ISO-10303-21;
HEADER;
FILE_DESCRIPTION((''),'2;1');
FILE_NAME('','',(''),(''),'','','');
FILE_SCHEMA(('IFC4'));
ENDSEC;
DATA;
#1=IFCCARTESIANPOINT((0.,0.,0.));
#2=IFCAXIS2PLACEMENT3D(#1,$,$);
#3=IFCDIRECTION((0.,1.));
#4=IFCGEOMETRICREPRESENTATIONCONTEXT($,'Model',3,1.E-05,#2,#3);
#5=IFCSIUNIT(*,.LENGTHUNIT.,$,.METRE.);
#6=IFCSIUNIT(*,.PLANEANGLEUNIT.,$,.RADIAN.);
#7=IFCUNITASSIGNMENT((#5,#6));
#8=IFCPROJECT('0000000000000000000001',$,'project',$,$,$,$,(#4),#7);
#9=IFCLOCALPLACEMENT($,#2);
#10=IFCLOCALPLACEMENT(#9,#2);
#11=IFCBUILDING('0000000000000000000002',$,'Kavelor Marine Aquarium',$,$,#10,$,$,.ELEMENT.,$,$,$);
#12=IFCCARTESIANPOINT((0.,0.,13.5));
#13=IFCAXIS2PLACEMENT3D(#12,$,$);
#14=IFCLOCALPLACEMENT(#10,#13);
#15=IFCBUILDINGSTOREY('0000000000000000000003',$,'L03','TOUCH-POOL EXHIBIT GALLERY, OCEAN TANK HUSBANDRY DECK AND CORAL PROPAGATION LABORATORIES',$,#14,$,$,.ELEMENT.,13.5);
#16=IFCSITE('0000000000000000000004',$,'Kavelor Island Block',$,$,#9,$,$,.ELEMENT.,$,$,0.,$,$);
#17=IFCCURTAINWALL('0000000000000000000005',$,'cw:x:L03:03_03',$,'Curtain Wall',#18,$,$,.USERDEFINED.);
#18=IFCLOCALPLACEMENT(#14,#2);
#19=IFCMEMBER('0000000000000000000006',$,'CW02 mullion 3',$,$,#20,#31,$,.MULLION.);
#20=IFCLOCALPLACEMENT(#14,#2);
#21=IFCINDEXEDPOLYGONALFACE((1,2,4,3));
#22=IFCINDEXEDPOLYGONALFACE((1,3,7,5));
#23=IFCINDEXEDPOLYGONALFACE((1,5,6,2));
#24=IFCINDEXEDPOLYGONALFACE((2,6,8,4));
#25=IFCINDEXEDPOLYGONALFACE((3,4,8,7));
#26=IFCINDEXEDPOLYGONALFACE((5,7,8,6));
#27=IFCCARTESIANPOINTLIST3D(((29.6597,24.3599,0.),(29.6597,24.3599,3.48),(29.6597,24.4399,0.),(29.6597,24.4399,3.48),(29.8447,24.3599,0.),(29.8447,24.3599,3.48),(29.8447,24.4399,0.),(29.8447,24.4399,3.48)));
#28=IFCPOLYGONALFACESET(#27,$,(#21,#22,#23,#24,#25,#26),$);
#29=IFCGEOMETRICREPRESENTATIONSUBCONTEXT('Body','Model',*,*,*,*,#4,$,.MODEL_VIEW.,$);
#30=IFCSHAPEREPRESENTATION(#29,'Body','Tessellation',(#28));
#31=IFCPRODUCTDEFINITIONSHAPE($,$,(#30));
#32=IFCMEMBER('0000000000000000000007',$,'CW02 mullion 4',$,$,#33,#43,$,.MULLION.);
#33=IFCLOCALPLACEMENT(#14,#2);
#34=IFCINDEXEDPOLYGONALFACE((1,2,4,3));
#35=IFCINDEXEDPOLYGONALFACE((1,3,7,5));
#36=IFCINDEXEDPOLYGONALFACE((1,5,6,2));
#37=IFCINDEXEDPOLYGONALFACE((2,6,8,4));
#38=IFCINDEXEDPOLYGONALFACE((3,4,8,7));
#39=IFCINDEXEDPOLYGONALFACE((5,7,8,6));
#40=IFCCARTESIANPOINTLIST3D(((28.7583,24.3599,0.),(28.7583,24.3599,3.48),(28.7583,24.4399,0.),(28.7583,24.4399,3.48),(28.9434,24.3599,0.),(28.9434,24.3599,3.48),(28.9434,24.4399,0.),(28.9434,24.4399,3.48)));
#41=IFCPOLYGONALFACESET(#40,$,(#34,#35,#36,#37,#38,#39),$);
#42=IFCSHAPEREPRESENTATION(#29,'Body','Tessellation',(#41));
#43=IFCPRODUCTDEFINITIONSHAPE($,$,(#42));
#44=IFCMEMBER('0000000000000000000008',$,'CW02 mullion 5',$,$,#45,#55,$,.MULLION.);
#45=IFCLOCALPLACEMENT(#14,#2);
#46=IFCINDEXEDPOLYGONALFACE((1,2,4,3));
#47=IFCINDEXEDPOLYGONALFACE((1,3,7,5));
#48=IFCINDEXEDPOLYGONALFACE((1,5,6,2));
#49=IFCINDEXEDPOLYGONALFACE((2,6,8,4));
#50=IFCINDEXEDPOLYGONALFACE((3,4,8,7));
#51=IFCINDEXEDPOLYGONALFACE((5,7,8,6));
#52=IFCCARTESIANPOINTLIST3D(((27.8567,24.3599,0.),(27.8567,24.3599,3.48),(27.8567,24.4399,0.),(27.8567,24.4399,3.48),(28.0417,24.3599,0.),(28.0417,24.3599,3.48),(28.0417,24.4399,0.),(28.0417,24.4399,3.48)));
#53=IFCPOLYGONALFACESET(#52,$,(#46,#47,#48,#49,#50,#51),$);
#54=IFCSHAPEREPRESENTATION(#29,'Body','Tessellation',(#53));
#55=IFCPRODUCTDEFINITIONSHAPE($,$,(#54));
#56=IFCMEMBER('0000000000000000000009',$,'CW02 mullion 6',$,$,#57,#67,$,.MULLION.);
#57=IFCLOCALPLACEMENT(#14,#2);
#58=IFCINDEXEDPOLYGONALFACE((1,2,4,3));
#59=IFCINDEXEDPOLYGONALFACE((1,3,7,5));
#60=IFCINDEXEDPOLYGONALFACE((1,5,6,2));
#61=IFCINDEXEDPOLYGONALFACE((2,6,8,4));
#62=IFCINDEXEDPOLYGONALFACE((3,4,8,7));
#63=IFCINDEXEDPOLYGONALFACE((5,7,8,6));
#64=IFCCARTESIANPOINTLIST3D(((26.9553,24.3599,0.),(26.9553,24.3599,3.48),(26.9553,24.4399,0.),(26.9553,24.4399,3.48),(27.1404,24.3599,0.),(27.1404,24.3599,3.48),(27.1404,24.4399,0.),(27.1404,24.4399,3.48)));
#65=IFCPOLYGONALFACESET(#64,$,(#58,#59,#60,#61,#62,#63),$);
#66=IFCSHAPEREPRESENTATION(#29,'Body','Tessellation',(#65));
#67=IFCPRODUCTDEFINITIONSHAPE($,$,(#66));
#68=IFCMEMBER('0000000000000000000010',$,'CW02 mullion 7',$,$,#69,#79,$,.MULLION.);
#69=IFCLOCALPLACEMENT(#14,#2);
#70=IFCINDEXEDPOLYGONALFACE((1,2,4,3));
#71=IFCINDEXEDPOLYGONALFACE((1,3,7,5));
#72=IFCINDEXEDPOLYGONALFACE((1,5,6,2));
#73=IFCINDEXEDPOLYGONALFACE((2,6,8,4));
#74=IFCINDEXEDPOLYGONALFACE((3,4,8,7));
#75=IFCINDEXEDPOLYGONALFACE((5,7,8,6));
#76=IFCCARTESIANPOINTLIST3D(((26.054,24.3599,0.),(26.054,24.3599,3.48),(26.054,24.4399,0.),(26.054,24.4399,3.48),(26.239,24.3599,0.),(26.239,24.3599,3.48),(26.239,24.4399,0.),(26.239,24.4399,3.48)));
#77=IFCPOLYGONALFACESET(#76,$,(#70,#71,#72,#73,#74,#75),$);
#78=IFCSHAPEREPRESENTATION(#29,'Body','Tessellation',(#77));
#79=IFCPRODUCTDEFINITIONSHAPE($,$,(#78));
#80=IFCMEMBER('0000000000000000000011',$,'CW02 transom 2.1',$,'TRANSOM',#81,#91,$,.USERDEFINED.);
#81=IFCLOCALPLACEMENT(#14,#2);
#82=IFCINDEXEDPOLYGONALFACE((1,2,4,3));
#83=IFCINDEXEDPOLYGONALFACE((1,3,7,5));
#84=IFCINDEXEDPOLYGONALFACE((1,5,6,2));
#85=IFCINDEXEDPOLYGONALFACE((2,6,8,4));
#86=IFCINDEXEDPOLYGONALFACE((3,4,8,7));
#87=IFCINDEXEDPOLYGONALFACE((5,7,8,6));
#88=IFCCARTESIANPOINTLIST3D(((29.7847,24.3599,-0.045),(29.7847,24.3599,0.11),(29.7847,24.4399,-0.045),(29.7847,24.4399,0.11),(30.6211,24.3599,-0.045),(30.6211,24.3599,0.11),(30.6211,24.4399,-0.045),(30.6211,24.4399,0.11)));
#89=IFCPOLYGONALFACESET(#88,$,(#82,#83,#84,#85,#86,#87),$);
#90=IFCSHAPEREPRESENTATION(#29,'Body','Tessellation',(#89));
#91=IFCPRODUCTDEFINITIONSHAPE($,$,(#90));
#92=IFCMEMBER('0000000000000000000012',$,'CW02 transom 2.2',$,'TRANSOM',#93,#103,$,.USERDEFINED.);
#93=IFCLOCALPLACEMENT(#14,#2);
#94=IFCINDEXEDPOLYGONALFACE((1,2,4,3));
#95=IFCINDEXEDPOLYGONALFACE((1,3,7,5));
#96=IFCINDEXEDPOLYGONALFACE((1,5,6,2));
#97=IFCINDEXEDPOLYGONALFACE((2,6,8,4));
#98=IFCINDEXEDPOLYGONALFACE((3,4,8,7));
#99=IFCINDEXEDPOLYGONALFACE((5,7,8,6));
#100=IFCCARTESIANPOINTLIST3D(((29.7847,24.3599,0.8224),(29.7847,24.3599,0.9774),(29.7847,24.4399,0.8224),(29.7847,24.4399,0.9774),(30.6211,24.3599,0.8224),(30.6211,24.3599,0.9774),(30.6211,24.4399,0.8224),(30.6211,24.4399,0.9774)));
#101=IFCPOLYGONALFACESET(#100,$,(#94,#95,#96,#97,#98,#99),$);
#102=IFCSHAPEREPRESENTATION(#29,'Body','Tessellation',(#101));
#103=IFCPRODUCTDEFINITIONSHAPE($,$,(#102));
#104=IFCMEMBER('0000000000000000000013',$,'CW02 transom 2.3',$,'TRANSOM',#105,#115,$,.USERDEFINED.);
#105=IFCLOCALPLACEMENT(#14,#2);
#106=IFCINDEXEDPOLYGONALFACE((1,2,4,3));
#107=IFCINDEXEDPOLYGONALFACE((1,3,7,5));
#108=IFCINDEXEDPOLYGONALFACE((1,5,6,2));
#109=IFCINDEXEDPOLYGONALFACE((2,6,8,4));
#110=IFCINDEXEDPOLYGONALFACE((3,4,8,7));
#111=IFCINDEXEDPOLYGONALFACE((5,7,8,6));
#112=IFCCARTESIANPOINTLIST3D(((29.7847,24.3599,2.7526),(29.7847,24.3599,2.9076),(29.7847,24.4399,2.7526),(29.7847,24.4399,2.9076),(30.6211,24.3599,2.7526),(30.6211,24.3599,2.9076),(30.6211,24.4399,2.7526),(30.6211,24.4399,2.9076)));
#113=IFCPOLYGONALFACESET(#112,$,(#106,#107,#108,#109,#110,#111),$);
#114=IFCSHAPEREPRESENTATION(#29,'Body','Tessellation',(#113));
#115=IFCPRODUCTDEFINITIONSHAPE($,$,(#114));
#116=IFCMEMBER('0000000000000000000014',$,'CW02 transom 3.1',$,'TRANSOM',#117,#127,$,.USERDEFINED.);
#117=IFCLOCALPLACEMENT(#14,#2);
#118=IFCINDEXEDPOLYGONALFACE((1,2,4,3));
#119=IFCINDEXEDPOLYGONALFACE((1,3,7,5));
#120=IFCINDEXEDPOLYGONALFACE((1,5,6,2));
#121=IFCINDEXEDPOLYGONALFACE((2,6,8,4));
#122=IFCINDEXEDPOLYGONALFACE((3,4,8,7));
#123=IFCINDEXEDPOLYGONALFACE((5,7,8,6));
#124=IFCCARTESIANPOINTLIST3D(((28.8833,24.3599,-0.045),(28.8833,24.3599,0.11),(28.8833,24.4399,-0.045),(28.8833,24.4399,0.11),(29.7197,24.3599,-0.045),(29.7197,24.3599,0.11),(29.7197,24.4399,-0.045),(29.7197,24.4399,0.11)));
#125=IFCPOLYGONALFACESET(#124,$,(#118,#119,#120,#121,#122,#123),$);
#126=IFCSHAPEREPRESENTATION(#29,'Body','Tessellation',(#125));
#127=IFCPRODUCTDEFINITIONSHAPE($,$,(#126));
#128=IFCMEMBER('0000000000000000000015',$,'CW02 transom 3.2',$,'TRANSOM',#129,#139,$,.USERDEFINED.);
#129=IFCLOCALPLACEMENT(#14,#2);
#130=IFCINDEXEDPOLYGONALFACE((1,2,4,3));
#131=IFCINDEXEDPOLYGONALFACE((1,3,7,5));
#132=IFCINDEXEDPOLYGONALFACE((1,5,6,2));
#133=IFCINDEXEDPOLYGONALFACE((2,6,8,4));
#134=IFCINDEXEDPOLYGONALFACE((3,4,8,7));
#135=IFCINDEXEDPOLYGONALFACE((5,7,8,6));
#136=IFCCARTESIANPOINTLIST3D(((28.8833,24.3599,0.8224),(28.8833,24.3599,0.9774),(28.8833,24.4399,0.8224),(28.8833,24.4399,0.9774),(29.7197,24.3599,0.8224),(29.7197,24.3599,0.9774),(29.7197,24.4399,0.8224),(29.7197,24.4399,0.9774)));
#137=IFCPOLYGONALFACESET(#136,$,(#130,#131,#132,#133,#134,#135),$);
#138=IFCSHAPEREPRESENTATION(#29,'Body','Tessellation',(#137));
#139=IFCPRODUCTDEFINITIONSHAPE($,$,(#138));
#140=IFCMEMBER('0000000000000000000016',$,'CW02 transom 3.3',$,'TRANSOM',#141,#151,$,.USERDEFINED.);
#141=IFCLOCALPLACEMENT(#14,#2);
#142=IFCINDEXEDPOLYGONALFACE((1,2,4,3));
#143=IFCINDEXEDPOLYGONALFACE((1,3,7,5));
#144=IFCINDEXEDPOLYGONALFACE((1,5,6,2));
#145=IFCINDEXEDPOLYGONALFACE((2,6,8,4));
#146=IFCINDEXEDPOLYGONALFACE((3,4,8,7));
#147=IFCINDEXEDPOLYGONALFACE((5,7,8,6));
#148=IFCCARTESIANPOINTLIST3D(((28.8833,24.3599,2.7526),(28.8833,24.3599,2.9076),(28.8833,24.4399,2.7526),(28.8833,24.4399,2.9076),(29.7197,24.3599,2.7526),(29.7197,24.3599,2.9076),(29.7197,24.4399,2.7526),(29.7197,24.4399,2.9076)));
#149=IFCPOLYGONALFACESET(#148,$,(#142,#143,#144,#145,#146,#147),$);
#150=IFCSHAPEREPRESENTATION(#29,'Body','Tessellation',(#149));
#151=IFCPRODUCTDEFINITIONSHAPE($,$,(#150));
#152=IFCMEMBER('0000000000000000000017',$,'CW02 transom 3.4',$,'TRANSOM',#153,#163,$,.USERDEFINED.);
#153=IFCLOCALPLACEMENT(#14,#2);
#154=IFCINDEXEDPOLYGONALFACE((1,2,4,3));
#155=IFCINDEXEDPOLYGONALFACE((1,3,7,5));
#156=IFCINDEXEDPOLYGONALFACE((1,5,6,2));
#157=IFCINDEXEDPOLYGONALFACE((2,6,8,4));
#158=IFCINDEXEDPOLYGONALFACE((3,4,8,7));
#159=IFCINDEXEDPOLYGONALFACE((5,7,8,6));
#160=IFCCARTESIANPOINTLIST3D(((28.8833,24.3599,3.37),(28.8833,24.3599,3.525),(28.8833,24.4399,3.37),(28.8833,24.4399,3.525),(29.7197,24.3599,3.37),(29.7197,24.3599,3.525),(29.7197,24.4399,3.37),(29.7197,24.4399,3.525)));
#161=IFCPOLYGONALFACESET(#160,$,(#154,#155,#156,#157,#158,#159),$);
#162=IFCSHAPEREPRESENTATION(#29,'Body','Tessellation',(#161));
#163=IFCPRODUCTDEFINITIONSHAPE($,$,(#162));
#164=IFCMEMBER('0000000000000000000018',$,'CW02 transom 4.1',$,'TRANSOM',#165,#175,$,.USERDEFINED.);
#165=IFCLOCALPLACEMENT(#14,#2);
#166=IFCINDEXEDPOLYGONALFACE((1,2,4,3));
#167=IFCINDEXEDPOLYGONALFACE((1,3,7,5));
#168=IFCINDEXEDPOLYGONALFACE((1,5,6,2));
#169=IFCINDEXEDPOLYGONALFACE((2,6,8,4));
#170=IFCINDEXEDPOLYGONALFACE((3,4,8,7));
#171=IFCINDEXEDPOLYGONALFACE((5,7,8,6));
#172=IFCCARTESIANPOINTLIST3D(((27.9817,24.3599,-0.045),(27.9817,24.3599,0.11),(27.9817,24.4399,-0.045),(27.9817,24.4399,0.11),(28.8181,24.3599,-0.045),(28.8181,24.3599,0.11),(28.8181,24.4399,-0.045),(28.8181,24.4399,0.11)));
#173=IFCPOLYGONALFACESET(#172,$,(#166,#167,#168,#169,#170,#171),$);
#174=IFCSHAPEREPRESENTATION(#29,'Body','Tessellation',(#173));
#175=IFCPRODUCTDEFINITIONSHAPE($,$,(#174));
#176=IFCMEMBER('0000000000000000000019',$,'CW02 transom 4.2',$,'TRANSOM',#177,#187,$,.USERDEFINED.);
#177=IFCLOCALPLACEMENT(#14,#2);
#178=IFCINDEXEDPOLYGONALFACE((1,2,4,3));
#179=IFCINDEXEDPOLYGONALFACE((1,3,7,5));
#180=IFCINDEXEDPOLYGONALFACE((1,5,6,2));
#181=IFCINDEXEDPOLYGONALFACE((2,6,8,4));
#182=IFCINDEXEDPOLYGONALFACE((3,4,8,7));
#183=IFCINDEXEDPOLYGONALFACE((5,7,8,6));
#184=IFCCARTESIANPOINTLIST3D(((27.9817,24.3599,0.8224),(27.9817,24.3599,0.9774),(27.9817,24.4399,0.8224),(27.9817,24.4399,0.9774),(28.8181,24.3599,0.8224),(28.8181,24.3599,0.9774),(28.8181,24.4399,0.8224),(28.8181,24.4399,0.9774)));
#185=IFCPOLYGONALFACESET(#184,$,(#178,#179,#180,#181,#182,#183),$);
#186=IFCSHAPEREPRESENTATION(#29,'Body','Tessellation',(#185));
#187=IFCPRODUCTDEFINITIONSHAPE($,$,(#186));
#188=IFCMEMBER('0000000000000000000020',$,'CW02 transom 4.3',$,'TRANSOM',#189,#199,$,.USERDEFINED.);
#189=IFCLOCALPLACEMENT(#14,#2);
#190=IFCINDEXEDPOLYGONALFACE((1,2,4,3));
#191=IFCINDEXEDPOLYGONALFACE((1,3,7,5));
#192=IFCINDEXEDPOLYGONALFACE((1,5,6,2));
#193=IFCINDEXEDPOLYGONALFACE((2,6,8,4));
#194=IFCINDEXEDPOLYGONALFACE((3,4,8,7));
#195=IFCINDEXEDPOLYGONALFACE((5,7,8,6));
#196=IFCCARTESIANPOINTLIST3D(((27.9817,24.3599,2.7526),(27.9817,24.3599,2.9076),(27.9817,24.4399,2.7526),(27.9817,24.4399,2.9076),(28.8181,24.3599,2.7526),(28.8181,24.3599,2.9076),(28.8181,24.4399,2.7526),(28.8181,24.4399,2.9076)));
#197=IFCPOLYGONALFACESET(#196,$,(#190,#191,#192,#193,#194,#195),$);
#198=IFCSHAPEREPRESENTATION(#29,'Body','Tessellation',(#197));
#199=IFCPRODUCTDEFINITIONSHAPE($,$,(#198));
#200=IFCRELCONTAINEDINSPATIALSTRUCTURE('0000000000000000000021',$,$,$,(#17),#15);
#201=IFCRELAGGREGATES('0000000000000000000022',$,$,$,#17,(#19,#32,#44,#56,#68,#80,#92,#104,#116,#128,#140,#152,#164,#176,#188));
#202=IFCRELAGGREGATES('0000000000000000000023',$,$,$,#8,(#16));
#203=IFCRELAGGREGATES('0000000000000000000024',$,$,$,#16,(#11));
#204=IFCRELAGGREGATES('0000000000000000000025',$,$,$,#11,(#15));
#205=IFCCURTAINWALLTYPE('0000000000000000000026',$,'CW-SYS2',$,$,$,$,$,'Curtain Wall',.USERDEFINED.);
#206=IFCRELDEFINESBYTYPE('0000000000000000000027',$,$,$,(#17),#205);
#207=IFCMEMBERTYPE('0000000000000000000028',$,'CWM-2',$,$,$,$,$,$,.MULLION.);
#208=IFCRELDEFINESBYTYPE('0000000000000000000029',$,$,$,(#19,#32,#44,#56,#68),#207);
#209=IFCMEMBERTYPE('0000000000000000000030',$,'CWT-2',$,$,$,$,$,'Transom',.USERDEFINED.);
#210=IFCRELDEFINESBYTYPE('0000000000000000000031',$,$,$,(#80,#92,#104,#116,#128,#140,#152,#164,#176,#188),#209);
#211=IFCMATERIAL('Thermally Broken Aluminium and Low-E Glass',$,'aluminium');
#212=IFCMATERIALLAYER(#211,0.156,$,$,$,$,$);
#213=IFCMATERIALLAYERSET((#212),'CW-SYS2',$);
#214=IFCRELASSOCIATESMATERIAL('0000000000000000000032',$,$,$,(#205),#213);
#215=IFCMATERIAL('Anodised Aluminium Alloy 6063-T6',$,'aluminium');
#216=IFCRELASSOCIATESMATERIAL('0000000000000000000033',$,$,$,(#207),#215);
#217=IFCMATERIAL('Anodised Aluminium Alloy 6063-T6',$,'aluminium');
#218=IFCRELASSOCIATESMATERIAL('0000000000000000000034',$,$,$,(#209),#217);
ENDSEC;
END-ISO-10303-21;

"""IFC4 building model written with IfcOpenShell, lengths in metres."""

from ifc_helpers import new_model, si_unit, direction, frame, origin, origin_2d, place, context, subcontext, project, spatial, rectangle, extrude, material, layer, layer_set, material_profile, profile_set, type_object, element, aggregate, save


model = new_model("IFC4")

# Units and contexts
model_context = context("Model", 3, precision=1e-05, world=origin(), true_north=direction((0.0, 1.0)))
body_context = subcontext(model_context, "Body", "Model", "MODEL_VIEW")
ifc_project = project(units=[si_unit("LENGTHUNIT", "METRE"), si_unit("PLANEANGLEUNIT", "RADIAN")], contexts=[model_context])

# Site, building, storey
site_placement = place(None, origin())
site = spatial("IfcSite", under=ifc_project, at=site_placement, Name="Kavelor Island Block", CompositionType="ELEMENT", RefElevation=0.0)
building_placement = place(site_placement, origin())
building = spatial("IfcBuilding", under=site, at=building_placement, Name="Kavelor Marine Aquarium", CompositionType="ELEMENT")
storey_placement = place(building_placement, frame((0.0, 0.0, 13.5)))
storey = spatial("IfcBuildingStorey", under=building, at=storey_placement, Name="L03", Description="TOUCH-POOL EXHIBIT GALLERY, OCEAN TANK HUSBANDRY DECK AND CORAL PROPAGATION LABORATORIES", CompositionType="ELEMENT", Elevation=13.5)

# Curtain wall, members
ifc_material_1 = material(Name="Thermally Broken Aluminium and Low-E Glass", Category="aluminium")
ifc_layer_1 = layer(ifc_material_1, 0.156)
ifc_layer_set_1 = layer_set([ifc_layer_1], Name="CW-SYS2")
curtain_wall_type = type_object("IfcCurtainWallType", Name="CW-SYS2", ElementType="Curtain Wall", PredefinedType="USERDEFINED", material=ifc_layer_set_1)
curtain_wall_placement = place(storey_placement, origin())
curtain_wall = element("IfcCurtainWall", 1, at=curtain_wall_placement, inside=storey, type_object=curtain_wall_type, Name="cw:x:L03:03_03", ObjectType="Curtain Wall", PredefinedType="USERDEFINED")
ifc_material_2 = material(Name="Anodised Aluminium Alloy 6063-T6", Category="aluminium")
ifc_material_profile_1 = material_profile(ifc_material_2, rectangle(XDim=0.0801, YDim=0.1851, at=origin_2d()), Name="CW-MUL 80x185")
ifc_profile_set_1 = profile_set([ifc_material_profile_1], Name="Anodised Aluminium Alloy 6063-T6")
member_type_1 = type_object("IfcMemberType", Name="CWM-2", PredefinedType="MULLION", material=ifc_profile_set_1)
member_1_placement = place(storey_placement, frame((29.7522, 24.3999, 0.0), z_axis=(0.0, 0.0, 1.0), x_axis=(0.0, -1.0, 0.0)))
member_1 = element("IfcMember", 2, at=member_1_placement, type_object=member_type_1, Name="CW02 mullion 3", PredefinedType="MULLION", context=body_context, shape_type="SweptSolid", body=[
    extrude(rectangle(XDim=0.0801, YDim=0.1851, at=origin_2d()), origin(), (0.0, 0.0, 1.0), 3.48),
])
member_2_placement = place(storey_placement, frame((28.8508, 24.3999, 0.0), z_axis=(0.0, 0.0, 1.0), x_axis=(0.0, -1.0, 0.0)))
member_2 = element("IfcMember", 3, at=member_2_placement, type_object=member_type_1, Name="CW02 mullion 4", PredefinedType="MULLION", context=body_context, shape_type="SweptSolid", body=[
    extrude(rectangle(XDim=0.0801, YDim=0.1851, at=origin_2d()), origin(), (0.0, 0.0, 1.0), 3.48),
])
member_3_placement = place(storey_placement, frame((27.9492, 24.3999, 0.0), z_axis=(0.0, 0.0, 1.0), x_axis=(0.0, -1.0, 0.0)))
member_3 = element("IfcMember", 4, at=member_3_placement, type_object=member_type_1, Name="CW02 mullion 5", PredefinedType="MULLION", context=body_context, shape_type="SweptSolid", body=[
    extrude(rectangle(XDim=0.0801, YDim=0.1851, at=origin_2d()), origin(), (0.0, 0.0, 1.0), 3.48),
])
member_4_placement = place(storey_placement, frame((27.0479, 24.3999, 0.0), z_axis=(0.0, 0.0, 1.0), x_axis=(0.0, -1.0, 0.0)))
member_4 = element("IfcMember", 5, at=member_4_placement, type_object=member_type_1, Name="CW02 mullion 6", PredefinedType="MULLION", context=body_context, shape_type="SweptSolid", body=[
    extrude(rectangle(XDim=0.0801, YDim=0.1851, at=origin_2d()), origin(), (0.0, 0.0, 1.0), 3.48),
])
member_5_placement = place(storey_placement, frame((26.1465, 24.3999, 0.0), z_axis=(0.0, 0.0, 1.0), x_axis=(0.0, -1.0, 0.0)))
member_5 = element("IfcMember", 6, at=member_5_placement, type_object=member_type_1, Name="CW02 mullion 7", PredefinedType="MULLION", context=body_context, shape_type="SweptSolid", body=[
    extrude(rectangle(XDim=0.0801, YDim=0.1851, at=origin_2d()), origin(), (0.0, 0.0, 1.0), 3.48),
])
ifc_material_3 = material(Name="Anodised Aluminium Alloy 6063-T6", Category="aluminium")
ifc_material_profile_2 = material_profile(ifc_material_3, rectangle(XDim=0.0801, YDim=0.155, at=origin_2d()), Name="CW-TRN 80x155")
ifc_profile_set_2 = profile_set([ifc_material_profile_2], Name="Anodised Aluminium Alloy 6063-T6")
member_type_2 = type_object("IfcMemberType", Name="CWT-2", ElementType="Transom", PredefinedType="USERDEFINED", material=ifc_profile_set_2)
member_6_placement = place(storey_placement, frame((30.6211, 24.3999, 0.0325), z_axis=(-1.0, 0.0, 0.0), x_axis=(0.0, -1.0, 0.0)))
member_6 = element("IfcMember", 7, at=member_6_placement, type_object=member_type_2, Name="CW02 transom 2.1", ObjectType="TRANSOM", PredefinedType="USERDEFINED", context=body_context, shape_type="SweptSolid", body=[
    extrude(rectangle(XDim=0.0801, YDim=0.155, at=origin_2d()), origin(), (0.0, 0.0, 1.0), 0.8364),
])
member_7_placement = place(storey_placement, frame((30.6211, 24.3999, 0.8999), z_axis=(-1.0, 0.0, 0.0), x_axis=(0.0, -1.0, 0.0)))
member_7 = element("IfcMember", 8, at=member_7_placement, type_object=member_type_2, Name="CW02 transom 2.2", ObjectType="TRANSOM", PredefinedType="USERDEFINED", context=body_context, shape_type="SweptSolid", body=[
    extrude(rectangle(XDim=0.0801, YDim=0.155, at=origin_2d()), origin(), (0.0, 0.0, 1.0), 0.8364),
])
member_8_placement = place(storey_placement, frame((30.6211, 24.3999, 2.8301), z_axis=(-1.0, 0.0, 0.0), x_axis=(0.0, -1.0, 0.0)))
member_8 = element("IfcMember", 9, at=member_8_placement, type_object=member_type_2, Name="CW02 transom 2.3", ObjectType="TRANSOM", PredefinedType="USERDEFINED", context=body_context, shape_type="SweptSolid", body=[
    extrude(rectangle(XDim=0.0801, YDim=0.155, at=origin_2d()), origin(), (0.0, 0.0, 1.0), 0.8364),
])
member_9_placement = place(storey_placement, frame((29.7197, 24.3999, 0.0325), z_axis=(-1.0, 0.0, 0.0), x_axis=(0.0, -1.0, 0.0)))
member_9 = element("IfcMember", 10, at=member_9_placement, type_object=member_type_2, Name="CW02 transom 3.1", ObjectType="TRANSOM", PredefinedType="USERDEFINED", context=body_context, shape_type="SweptSolid", body=[
    extrude(rectangle(XDim=0.0801, YDim=0.155, at=origin_2d()), origin(), (0.0, 0.0, 1.0), 0.8364),
])
member_10_placement = place(storey_placement, frame((29.7197, 24.3999, 0.8999), z_axis=(-1.0, 0.0, 0.0), x_axis=(0.0, -1.0, 0.0)))
member_10 = element("IfcMember", 11, at=member_10_placement, type_object=member_type_2, Name="CW02 transom 3.2", ObjectType="TRANSOM", PredefinedType="USERDEFINED", context=body_context, shape_type="SweptSolid", body=[
    extrude(rectangle(XDim=0.0801, YDim=0.155, at=origin_2d()), origin(), (0.0, 0.0, 1.0), 0.8364),
])
member_11_placement = place(storey_placement, frame((29.7197, 24.3999, 2.8301), z_axis=(-1.0, 0.0, 0.0), x_axis=(0.0, -1.0, 0.0)))
member_11 = element("IfcMember", 12, at=member_11_placement, type_object=member_type_2, Name="CW02 transom 3.3", ObjectType="TRANSOM", PredefinedType="USERDEFINED", context=body_context, shape_type="SweptSolid", body=[
    extrude(rectangle(XDim=0.0801, YDim=0.155, at=origin_2d()), origin(), (0.0, 0.0, 1.0), 0.8364),
])
member_12_placement = place(storey_placement, frame((29.7197, 24.3999, 3.4475), z_axis=(-1.0, 0.0, 0.0), x_axis=(0.0, -1.0, 0.0)))
member_12 = element("IfcMember", 13, at=member_12_placement, type_object=member_type_2, Name="CW02 transom 3.4", ObjectType="TRANSOM", PredefinedType="USERDEFINED", context=body_context, shape_type="SweptSolid", body=[
    extrude(rectangle(XDim=0.0801, YDim=0.155, at=origin_2d()), origin(), (0.0, 0.0, 1.0), 0.8364),
])
member_13_placement = place(storey_placement, frame((28.8181, 24.3999, 0.0325), z_axis=(-1.0, 0.0, 0.0), x_axis=(0.0, -1.0, 0.0)))
member_13 = element("IfcMember", 14, at=member_13_placement, type_object=member_type_2, Name="CW02 transom 4.1", ObjectType="TRANSOM", PredefinedType="USERDEFINED", context=body_context, shape_type="SweptSolid", body=[
    extrude(rectangle(XDim=0.0801, YDim=0.155, at=origin_2d()), origin(), (0.0, 0.0, 1.0), 0.8364),
])
member_14_placement = place(storey_placement, frame((28.8181, 24.3999, 0.8999), z_axis=(-1.0, 0.0, 0.0), x_axis=(0.0, -1.0, 0.0)))
member_14 = element("IfcMember", 15, at=member_14_placement, type_object=member_type_2, Name="CW02 transom 4.2", ObjectType="TRANSOM", PredefinedType="USERDEFINED", context=body_context, shape_type="SweptSolid", body=[
    extrude(rectangle(XDim=0.0801, YDim=0.155, at=origin_2d()), origin(), (0.0, 0.0, 1.0), 0.8364),
])
member_15_placement = place(storey_placement, frame((28.8181, 24.3999, 2.8301), z_axis=(-1.0, 0.0, 0.0), x_axis=(0.0, -1.0, 0.0)))
member_15 = element("IfcMember", 16, at=member_15_placement, type_object=member_type_2, Name="CW02 transom 4.3", ObjectType="TRANSOM", PredefinedType="USERDEFINED", context=body_context, shape_type="SweptSolid", body=[
    extrude(rectangle(XDim=0.0801, YDim=0.155, at=origin_2d()), origin(), (0.0, 0.0, 1.0), 0.8364),
])
aggregate(curtain_wall, [member_1, member_2, member_3, member_4, member_5, member_6, member_7, member_8, member_9, member_10, member_11, member_12, member_13, member_14, member_15])

save(model, "model.ifc")
